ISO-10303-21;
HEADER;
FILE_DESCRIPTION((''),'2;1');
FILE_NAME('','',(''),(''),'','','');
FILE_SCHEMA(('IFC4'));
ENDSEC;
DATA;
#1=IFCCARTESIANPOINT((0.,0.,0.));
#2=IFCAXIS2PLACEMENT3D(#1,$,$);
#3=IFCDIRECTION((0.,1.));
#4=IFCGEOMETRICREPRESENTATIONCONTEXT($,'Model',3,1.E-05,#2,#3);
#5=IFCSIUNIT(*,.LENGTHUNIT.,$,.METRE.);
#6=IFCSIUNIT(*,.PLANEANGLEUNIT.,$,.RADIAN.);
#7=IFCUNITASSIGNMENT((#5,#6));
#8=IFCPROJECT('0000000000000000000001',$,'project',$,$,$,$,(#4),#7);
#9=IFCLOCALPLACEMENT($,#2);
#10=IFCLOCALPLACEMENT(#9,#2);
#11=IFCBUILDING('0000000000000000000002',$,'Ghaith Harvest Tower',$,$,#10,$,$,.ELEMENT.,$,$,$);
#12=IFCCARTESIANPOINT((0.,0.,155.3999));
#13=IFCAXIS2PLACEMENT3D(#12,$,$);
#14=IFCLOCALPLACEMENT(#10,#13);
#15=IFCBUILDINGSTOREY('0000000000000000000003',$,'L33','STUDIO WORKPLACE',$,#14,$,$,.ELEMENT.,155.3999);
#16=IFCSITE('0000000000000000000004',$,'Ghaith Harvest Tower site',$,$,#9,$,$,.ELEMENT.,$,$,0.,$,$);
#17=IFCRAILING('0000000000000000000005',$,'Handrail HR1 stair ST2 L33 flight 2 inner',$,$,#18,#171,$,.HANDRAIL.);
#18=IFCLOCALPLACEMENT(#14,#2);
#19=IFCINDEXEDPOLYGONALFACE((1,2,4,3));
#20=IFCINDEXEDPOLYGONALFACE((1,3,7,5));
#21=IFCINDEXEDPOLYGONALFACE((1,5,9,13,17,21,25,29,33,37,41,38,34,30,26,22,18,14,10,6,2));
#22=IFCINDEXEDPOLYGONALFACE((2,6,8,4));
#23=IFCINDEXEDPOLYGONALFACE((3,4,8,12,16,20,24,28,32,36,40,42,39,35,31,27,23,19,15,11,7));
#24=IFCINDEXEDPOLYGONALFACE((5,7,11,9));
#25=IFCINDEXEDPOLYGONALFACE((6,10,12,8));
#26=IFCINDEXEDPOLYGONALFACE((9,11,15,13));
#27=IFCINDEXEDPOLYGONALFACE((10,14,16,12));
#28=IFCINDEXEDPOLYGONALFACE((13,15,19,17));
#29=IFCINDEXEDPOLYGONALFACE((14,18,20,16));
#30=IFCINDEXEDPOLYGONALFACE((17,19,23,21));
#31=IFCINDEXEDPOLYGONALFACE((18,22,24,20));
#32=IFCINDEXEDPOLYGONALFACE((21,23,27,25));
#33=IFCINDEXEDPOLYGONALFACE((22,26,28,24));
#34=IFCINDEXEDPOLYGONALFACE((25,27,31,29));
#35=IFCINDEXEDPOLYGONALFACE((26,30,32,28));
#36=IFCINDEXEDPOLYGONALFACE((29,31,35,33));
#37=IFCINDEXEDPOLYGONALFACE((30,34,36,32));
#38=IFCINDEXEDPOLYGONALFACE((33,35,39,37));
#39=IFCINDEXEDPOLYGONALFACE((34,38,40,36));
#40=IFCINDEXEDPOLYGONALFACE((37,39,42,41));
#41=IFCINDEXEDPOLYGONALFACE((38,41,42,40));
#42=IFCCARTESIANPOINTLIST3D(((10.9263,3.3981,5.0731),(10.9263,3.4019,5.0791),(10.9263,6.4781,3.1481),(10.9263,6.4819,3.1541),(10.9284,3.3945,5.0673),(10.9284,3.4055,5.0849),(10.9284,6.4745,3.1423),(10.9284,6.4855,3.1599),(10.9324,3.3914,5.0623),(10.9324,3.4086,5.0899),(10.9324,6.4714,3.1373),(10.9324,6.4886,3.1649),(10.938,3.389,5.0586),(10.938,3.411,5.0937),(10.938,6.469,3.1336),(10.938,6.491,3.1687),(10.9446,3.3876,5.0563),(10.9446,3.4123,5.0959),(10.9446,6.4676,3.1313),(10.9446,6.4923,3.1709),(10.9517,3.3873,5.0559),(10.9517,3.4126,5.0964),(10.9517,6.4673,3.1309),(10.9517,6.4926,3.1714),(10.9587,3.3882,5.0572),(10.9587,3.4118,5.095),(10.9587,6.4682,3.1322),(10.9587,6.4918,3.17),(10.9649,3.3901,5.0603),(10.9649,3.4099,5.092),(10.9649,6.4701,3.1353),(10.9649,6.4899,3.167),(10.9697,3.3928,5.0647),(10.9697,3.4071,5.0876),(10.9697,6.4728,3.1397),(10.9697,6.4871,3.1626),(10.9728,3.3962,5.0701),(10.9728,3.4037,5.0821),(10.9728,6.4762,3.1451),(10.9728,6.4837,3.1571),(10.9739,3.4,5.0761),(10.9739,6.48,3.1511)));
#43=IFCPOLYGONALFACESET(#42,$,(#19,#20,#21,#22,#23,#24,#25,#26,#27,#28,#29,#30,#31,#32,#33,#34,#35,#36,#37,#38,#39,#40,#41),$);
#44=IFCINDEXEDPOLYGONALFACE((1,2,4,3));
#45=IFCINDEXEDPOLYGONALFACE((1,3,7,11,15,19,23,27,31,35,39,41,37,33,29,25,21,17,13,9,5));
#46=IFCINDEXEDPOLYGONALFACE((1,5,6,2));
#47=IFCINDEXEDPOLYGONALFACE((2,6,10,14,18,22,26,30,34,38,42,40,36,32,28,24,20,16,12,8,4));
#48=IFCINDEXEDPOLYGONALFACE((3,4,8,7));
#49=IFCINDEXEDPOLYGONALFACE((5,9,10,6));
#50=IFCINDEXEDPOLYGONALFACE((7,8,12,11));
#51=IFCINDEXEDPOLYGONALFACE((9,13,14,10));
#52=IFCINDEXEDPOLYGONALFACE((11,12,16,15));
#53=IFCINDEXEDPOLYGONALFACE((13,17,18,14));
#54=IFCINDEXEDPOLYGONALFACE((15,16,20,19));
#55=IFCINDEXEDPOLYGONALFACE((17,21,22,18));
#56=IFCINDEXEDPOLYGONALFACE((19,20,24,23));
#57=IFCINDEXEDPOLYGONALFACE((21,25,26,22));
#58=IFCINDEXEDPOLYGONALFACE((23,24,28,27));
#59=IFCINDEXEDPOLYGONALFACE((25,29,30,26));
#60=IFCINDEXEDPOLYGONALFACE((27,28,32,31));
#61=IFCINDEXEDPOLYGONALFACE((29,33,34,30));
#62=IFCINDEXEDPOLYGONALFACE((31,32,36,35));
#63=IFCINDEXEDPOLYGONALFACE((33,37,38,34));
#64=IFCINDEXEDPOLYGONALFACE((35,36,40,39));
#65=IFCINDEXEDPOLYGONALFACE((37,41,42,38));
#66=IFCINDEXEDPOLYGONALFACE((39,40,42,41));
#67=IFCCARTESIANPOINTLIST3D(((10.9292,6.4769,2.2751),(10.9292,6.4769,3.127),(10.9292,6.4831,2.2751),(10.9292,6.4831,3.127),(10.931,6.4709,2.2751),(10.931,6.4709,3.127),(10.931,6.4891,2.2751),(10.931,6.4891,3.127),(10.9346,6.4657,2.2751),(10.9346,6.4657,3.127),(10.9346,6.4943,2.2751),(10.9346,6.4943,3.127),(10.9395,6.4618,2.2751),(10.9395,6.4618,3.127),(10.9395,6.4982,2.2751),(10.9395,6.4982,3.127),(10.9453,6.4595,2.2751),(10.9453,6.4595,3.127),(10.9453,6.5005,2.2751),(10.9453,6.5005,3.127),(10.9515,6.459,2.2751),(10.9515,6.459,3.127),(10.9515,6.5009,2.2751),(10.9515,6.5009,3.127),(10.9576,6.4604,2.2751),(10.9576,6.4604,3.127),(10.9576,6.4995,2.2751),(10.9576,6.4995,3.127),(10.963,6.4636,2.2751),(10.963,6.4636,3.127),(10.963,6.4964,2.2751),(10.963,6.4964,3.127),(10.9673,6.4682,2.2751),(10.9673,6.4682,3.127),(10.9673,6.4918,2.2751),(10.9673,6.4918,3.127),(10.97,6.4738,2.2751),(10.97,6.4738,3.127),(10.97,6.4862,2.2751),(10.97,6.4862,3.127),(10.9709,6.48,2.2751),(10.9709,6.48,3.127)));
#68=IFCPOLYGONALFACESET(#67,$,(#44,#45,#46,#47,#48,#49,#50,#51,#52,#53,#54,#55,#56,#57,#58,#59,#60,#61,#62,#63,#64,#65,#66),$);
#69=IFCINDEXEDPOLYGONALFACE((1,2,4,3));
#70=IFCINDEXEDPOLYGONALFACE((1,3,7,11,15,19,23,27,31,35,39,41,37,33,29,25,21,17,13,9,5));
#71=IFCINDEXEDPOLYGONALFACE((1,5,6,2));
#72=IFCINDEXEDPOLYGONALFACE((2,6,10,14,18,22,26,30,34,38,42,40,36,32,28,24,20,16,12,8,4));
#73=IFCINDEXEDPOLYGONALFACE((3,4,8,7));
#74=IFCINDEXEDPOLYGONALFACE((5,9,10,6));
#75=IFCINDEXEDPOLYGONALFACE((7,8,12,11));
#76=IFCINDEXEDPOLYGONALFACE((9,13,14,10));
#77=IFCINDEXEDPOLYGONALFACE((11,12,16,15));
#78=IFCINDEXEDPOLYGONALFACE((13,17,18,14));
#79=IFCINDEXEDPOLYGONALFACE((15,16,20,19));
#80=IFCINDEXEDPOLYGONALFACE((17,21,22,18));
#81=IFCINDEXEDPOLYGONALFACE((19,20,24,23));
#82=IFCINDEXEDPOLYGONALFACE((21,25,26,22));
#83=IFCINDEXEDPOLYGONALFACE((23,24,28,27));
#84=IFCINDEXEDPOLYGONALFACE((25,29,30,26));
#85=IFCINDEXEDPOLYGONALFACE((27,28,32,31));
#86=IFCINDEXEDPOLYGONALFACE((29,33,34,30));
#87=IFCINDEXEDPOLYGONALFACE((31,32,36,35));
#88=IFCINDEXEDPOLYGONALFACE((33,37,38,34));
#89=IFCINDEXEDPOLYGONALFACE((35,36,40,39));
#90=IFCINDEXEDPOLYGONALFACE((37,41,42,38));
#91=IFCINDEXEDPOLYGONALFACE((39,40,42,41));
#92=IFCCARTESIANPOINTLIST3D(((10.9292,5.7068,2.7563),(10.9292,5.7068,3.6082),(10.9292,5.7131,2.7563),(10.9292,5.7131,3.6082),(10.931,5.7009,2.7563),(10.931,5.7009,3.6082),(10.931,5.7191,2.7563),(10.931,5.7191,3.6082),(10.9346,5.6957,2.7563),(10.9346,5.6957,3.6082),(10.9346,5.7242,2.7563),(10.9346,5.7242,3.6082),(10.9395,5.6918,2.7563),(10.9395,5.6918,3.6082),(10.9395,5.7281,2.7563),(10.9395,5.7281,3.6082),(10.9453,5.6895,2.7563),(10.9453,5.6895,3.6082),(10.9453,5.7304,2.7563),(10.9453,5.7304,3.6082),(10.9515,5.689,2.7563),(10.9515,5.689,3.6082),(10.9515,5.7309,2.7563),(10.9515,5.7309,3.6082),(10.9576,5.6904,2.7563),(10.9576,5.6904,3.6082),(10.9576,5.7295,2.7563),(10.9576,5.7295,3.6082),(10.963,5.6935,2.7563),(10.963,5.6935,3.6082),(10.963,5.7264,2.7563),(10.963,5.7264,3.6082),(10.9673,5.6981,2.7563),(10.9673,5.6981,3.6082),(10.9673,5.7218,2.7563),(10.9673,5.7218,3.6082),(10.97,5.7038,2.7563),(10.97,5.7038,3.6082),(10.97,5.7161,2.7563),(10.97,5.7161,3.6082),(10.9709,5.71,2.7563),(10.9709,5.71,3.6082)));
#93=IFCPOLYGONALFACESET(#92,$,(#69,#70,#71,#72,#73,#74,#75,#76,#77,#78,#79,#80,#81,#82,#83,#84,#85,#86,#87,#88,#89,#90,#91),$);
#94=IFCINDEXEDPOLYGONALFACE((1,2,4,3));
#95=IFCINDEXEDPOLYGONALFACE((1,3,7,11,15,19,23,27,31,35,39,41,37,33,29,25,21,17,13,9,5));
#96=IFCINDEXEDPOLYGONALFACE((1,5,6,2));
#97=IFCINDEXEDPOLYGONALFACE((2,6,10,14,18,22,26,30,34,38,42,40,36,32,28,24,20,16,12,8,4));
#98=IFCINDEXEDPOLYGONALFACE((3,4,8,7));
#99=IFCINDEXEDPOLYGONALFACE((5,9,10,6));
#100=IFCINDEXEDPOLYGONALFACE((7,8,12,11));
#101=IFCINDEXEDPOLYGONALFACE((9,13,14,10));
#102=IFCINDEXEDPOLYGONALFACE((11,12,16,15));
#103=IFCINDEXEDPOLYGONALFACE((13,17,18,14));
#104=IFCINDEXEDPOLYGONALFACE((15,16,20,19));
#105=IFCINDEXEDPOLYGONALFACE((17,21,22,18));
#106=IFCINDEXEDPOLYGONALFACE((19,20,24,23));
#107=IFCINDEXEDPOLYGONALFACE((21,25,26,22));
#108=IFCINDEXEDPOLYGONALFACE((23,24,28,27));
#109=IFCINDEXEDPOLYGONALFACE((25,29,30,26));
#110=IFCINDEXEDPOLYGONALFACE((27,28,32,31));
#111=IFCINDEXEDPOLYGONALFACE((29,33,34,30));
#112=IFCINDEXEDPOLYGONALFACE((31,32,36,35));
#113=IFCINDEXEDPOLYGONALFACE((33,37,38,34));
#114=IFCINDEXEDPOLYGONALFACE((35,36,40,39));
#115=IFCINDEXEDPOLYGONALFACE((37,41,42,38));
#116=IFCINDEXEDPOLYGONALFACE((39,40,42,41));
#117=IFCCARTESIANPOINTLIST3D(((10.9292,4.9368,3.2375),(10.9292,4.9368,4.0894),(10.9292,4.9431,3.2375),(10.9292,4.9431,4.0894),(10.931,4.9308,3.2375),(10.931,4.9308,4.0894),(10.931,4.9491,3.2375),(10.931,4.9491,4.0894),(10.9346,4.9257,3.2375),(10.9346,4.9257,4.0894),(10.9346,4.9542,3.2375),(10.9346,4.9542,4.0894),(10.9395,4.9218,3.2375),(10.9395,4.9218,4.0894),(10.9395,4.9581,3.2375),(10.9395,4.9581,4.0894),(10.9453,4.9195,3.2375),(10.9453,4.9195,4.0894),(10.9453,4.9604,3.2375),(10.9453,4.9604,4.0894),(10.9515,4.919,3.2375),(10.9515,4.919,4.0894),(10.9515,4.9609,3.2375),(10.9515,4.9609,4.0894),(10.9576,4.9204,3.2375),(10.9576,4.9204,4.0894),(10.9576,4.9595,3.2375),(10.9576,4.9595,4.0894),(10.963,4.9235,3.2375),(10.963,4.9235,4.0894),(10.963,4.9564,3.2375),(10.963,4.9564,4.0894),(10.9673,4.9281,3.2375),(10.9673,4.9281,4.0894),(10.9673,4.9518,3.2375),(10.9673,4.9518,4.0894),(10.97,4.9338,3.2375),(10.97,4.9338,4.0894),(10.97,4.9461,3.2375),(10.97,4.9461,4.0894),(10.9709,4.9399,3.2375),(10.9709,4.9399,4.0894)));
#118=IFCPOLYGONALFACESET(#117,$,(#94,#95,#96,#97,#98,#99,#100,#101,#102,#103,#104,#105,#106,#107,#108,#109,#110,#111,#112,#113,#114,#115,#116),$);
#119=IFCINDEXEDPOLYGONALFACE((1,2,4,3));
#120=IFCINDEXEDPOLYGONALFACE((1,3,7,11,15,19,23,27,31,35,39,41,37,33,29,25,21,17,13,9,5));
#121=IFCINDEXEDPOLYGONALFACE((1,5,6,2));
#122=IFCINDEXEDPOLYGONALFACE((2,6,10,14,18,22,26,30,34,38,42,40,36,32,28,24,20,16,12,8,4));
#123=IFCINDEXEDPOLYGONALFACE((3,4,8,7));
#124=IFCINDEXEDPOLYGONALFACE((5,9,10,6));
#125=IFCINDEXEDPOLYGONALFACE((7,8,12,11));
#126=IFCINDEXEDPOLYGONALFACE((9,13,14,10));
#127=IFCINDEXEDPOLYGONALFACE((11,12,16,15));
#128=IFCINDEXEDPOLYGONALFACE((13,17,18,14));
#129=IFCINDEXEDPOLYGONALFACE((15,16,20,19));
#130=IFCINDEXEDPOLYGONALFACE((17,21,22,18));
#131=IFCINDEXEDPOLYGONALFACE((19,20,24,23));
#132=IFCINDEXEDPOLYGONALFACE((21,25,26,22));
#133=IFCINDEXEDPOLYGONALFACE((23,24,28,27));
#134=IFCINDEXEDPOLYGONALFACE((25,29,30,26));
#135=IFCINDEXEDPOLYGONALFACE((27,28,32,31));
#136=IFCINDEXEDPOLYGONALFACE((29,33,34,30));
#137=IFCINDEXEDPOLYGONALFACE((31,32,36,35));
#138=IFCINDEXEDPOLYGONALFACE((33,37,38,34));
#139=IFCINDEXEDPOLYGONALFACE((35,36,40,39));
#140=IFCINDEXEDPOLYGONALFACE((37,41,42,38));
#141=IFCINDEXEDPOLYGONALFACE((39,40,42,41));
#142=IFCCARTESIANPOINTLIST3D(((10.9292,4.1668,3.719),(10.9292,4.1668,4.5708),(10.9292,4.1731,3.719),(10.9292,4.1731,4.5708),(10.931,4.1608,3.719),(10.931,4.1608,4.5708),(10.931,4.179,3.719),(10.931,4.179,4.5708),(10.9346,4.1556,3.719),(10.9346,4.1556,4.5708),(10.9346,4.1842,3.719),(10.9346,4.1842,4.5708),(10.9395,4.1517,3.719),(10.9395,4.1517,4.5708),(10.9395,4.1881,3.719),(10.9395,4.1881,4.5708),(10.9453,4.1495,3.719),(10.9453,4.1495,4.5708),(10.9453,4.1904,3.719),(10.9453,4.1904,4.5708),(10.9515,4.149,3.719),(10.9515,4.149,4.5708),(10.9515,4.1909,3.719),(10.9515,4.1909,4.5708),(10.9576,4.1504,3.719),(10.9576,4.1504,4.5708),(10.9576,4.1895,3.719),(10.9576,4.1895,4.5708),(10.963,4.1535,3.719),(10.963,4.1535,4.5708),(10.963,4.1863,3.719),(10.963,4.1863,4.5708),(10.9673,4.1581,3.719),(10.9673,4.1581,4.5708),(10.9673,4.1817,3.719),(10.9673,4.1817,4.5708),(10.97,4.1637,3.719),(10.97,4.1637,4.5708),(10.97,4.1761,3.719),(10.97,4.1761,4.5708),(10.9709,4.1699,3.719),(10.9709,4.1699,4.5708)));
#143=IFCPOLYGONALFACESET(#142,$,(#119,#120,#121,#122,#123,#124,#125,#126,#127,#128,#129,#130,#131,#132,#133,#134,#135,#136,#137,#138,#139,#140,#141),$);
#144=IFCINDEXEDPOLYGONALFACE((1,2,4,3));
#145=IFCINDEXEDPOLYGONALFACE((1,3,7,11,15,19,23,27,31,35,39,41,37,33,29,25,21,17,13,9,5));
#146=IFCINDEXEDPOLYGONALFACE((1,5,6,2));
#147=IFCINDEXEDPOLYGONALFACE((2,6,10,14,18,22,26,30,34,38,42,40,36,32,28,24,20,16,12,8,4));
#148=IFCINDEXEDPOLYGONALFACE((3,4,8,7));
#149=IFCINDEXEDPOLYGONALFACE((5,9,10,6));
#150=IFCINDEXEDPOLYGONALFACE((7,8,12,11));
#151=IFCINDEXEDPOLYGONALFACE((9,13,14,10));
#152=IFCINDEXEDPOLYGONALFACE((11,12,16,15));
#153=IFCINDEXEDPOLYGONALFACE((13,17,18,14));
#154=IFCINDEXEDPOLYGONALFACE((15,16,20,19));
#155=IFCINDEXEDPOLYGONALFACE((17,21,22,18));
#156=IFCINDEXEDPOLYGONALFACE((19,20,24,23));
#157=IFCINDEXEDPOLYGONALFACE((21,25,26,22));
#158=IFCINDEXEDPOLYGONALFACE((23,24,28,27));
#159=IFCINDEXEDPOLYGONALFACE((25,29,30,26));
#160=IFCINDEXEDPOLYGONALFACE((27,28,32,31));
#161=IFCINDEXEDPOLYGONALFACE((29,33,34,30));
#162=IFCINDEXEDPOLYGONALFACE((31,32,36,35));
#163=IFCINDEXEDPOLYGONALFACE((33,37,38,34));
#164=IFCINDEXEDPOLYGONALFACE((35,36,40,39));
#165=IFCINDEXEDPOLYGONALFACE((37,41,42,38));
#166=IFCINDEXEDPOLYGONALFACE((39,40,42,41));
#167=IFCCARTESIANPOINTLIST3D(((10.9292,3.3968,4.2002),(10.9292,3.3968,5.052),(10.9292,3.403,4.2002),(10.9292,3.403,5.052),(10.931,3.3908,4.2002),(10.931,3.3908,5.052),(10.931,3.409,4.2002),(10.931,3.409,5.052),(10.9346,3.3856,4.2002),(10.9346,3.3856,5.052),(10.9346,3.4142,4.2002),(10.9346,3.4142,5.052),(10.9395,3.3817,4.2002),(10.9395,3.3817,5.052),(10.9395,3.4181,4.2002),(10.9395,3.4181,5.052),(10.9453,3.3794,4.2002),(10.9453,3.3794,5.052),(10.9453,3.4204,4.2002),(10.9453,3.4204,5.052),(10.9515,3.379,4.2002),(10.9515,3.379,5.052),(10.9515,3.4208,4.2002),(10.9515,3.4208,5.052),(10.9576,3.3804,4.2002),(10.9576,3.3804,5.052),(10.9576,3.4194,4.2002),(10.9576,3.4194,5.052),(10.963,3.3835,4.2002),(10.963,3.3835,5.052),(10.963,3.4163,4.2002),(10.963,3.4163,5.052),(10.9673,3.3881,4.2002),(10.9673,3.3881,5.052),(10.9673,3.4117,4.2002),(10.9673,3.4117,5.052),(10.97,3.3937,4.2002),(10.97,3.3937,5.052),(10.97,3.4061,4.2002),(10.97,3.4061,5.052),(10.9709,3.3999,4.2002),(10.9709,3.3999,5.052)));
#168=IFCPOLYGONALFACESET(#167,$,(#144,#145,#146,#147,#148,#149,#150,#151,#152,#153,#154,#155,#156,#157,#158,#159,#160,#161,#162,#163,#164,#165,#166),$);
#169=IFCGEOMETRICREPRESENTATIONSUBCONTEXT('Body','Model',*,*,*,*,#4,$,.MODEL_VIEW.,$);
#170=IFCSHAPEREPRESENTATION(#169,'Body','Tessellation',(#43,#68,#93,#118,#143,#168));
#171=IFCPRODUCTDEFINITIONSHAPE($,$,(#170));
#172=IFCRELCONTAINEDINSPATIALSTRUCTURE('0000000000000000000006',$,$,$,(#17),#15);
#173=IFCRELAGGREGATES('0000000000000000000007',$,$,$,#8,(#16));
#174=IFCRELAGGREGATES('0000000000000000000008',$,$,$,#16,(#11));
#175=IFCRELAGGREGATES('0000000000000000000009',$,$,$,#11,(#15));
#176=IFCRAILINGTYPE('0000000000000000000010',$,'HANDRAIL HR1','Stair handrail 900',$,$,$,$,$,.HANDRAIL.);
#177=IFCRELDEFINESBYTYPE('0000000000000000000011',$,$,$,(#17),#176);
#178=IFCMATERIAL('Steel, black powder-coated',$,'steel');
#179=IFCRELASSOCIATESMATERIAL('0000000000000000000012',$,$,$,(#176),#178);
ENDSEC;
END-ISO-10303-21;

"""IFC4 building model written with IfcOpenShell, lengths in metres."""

from ifc_helpers import new_model, si_unit, direction, frame, origin, origin_2d, place, context, subcontext, project, spatial, circle, extrude, material, type_object, element, save


model = new_model("IFC4")

# Units and contexts
model_context = context("Model", 3, precision=1e-05, world=origin(), true_north=direction((0.0, 1.0)))
body_context = subcontext(model_context, "Body", "Model", "MODEL_VIEW")
ifc_project = project(units=[si_unit("LENGTHUNIT", "METRE"), si_unit("PLANEANGLEUNIT", "RADIAN")], contexts=[model_context])

# Site, building, storey
site_placement = place(None, origin())
site = spatial("IfcSite", under=ifc_project, at=site_placement, Name="Ghaith Harvest Tower site", CompositionType="ELEMENT", RefElevation=0.0)
building_placement = place(site_placement, origin())
building = spatial("IfcBuilding", under=site, at=building_placement, Name="Ghaith Harvest Tower", CompositionType="ELEMENT")
storey_placement = place(building_placement, frame((0.0, 0.0, 155.3999)))
storey = spatial("IfcBuildingStorey", under=building, at=storey_placement, Name="L33", Description="STUDIO WORKPLACE", CompositionType="ELEMENT", Elevation=155.3999)

# Railing
ifc_material_1 = material(Name="Steel, black powder-coated", Category="steel")
railing_type = type_object("IfcRailingType", Name="HANDRAIL HR1", Description="Stair handrail 900", PredefinedType="HANDRAIL", material=ifc_material_1)
railing_1_placement = place(storey_placement, frame((10.95, 6.48, 2.2751)))
element("IfcRailing", 1, at=railing_1_placement, inside=storey, type_object=railing_type, Name="Handrail HR1 stair ST2 L33 flight 2 inner", PredefinedType="HANDRAIL", context=body_context, shape_type="SweptSolid", body=[
    extrude(circle(Radius=0.0239, at=origin_2d()), frame((0.0, 0.0, 0.876), z_axis=(0.0, -0.847998, 0.529999), x_axis=(1.0, 0.0, 0.0)), (0.0, 0.0, 1.0), 3.6321),
    extrude(circle(Radius=0.021, at=origin_2d()), origin(), (0.0, 0.0, 1.0), 0.8518),
    extrude(circle(Radius=0.021, at=origin_2d()), frame((0.0, -0.77, 0.4812)), (0.0, 0.0, 1.0), 0.8518),
    extrude(circle(Radius=0.021, at=origin_2d()), frame((0.0, -1.54, 0.9624)), (0.0, 0.0, 1.0), 0.8518),
    extrude(circle(Radius=0.021, at=origin_2d()), frame((0.0, -2.3101, 1.4438)), (0.0, 0.0, 1.0), 0.8518),
    extrude(circle(Radius=0.021, at=origin_2d()), frame((0.0, -3.0801, 1.925)), (0.0, 0.0, 1.0), 0.8518),
])

save(model, "model.ifc")
